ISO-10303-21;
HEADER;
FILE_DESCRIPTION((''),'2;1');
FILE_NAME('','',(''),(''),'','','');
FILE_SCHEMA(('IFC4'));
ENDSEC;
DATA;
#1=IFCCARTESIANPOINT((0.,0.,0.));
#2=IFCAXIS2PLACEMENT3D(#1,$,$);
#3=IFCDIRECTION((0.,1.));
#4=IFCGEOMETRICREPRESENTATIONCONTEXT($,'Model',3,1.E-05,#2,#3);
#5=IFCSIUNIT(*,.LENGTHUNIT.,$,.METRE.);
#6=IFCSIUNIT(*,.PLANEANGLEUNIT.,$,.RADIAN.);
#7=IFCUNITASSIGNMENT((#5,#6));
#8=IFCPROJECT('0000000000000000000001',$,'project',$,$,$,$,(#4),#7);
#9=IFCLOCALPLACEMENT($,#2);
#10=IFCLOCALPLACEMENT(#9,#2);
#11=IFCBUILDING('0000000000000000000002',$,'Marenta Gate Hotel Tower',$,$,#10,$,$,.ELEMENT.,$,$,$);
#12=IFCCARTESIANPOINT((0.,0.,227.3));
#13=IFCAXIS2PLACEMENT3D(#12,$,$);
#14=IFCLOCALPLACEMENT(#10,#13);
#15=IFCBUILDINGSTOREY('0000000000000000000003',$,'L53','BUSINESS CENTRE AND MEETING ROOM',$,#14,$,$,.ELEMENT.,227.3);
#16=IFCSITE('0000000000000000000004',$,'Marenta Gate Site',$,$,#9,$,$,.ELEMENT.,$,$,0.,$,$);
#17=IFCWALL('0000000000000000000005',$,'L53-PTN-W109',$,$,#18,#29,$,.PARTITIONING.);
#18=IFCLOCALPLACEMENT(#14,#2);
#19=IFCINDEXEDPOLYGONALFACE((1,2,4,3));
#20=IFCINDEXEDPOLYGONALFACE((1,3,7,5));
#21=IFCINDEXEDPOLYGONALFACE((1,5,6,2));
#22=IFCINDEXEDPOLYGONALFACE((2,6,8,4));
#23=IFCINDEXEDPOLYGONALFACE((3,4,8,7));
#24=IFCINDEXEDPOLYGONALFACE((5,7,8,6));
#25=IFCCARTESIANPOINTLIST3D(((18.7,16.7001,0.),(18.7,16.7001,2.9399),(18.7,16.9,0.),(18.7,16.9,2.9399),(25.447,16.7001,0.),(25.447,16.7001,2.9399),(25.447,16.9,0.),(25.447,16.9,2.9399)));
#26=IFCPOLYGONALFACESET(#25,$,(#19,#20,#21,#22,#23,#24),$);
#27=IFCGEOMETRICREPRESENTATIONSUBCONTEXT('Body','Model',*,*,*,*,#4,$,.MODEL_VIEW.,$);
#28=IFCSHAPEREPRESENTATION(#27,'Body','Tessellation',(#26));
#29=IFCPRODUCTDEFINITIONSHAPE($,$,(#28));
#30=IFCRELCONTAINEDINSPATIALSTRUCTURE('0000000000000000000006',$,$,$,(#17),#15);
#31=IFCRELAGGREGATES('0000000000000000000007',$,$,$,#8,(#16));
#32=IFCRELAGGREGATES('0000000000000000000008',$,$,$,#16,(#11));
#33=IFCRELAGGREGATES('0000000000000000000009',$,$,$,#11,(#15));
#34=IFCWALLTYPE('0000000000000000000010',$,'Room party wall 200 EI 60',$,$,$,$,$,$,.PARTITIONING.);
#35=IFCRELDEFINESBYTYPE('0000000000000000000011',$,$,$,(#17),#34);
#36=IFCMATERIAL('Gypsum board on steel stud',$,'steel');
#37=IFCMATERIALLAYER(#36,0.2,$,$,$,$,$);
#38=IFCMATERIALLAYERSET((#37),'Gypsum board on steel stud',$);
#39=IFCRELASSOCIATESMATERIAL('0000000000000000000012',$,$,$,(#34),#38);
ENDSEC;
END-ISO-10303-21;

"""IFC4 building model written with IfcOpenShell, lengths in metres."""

from ifc_helpers import new_model, si_unit, direction, frame, frame_2d, origin, place, context, subcontext, project, spatial, rectangle, extrude, material, layer, layer_set, type_object, element, save


model = new_model("IFC4")

# Units and contexts
model_context = context("Model", 3, precision=1e-05, world=origin(), true_north=direction((0.0, 1.0)))
body_context = subcontext(model_context, "Body", "Model", "MODEL_VIEW")
ifc_project = project(units=[si_unit("LENGTHUNIT", "METRE"), si_unit("PLANEANGLEUNIT", "RADIAN")], contexts=[model_context])

# Site, building, storey
site_placement = place(None, origin())
site = spatial("IfcSite", under=ifc_project, at=site_placement, Name="Marenta Gate Site", CompositionType="ELEMENT", RefElevation=0.0)
building_placement = place(site_placement, origin())
building = spatial("IfcBuilding", under=site, at=building_placement, Name="Marenta Gate Hotel Tower", CompositionType="ELEMENT")
storey_placement = place(building_placement, frame((0.0, 0.0, 227.3)))
storey = spatial("IfcBuildingStorey", under=building, at=storey_placement, Name="L53", Description="BUSINESS CENTRE AND MEETING ROOM", CompositionType="ELEMENT", Elevation=227.3)

# Wall
ifc_material_1 = material(Name="Gypsum board on steel stud", Category="steel")
ifc_layer_1 = layer(ifc_material_1, 0.2)
ifc_layer_set_1 = layer_set([ifc_layer_1], Name="Gypsum board on steel stud")
wall_type_1 = type_object("IfcWallType", Name="Room party wall 200 EI 60", PredefinedType="PARTITIONING", material=ifc_layer_set_1)
wall_1_placement = place(storey_placement, frame((18.7, 16.8, 0.0), z_axis=(0.0, 0.0, 1.0), x_axis=(1.0, 0.0, 0.0)))
element("IfcWall", 1, at=wall_1_placement, inside=storey, type_object=wall_type_1, Name="L53-PTN-W109", PredefinedType="PARTITIONING", context=body_context, shape_type="SweptSolid", body=[
    extrude(rectangle(XDim=6.7471, YDim=0.2, at=frame_2d((3.3735, 0.0))), origin(), (0.0, 0.0, 1.0), 2.9399),
])

save(model, "model.ifc")
